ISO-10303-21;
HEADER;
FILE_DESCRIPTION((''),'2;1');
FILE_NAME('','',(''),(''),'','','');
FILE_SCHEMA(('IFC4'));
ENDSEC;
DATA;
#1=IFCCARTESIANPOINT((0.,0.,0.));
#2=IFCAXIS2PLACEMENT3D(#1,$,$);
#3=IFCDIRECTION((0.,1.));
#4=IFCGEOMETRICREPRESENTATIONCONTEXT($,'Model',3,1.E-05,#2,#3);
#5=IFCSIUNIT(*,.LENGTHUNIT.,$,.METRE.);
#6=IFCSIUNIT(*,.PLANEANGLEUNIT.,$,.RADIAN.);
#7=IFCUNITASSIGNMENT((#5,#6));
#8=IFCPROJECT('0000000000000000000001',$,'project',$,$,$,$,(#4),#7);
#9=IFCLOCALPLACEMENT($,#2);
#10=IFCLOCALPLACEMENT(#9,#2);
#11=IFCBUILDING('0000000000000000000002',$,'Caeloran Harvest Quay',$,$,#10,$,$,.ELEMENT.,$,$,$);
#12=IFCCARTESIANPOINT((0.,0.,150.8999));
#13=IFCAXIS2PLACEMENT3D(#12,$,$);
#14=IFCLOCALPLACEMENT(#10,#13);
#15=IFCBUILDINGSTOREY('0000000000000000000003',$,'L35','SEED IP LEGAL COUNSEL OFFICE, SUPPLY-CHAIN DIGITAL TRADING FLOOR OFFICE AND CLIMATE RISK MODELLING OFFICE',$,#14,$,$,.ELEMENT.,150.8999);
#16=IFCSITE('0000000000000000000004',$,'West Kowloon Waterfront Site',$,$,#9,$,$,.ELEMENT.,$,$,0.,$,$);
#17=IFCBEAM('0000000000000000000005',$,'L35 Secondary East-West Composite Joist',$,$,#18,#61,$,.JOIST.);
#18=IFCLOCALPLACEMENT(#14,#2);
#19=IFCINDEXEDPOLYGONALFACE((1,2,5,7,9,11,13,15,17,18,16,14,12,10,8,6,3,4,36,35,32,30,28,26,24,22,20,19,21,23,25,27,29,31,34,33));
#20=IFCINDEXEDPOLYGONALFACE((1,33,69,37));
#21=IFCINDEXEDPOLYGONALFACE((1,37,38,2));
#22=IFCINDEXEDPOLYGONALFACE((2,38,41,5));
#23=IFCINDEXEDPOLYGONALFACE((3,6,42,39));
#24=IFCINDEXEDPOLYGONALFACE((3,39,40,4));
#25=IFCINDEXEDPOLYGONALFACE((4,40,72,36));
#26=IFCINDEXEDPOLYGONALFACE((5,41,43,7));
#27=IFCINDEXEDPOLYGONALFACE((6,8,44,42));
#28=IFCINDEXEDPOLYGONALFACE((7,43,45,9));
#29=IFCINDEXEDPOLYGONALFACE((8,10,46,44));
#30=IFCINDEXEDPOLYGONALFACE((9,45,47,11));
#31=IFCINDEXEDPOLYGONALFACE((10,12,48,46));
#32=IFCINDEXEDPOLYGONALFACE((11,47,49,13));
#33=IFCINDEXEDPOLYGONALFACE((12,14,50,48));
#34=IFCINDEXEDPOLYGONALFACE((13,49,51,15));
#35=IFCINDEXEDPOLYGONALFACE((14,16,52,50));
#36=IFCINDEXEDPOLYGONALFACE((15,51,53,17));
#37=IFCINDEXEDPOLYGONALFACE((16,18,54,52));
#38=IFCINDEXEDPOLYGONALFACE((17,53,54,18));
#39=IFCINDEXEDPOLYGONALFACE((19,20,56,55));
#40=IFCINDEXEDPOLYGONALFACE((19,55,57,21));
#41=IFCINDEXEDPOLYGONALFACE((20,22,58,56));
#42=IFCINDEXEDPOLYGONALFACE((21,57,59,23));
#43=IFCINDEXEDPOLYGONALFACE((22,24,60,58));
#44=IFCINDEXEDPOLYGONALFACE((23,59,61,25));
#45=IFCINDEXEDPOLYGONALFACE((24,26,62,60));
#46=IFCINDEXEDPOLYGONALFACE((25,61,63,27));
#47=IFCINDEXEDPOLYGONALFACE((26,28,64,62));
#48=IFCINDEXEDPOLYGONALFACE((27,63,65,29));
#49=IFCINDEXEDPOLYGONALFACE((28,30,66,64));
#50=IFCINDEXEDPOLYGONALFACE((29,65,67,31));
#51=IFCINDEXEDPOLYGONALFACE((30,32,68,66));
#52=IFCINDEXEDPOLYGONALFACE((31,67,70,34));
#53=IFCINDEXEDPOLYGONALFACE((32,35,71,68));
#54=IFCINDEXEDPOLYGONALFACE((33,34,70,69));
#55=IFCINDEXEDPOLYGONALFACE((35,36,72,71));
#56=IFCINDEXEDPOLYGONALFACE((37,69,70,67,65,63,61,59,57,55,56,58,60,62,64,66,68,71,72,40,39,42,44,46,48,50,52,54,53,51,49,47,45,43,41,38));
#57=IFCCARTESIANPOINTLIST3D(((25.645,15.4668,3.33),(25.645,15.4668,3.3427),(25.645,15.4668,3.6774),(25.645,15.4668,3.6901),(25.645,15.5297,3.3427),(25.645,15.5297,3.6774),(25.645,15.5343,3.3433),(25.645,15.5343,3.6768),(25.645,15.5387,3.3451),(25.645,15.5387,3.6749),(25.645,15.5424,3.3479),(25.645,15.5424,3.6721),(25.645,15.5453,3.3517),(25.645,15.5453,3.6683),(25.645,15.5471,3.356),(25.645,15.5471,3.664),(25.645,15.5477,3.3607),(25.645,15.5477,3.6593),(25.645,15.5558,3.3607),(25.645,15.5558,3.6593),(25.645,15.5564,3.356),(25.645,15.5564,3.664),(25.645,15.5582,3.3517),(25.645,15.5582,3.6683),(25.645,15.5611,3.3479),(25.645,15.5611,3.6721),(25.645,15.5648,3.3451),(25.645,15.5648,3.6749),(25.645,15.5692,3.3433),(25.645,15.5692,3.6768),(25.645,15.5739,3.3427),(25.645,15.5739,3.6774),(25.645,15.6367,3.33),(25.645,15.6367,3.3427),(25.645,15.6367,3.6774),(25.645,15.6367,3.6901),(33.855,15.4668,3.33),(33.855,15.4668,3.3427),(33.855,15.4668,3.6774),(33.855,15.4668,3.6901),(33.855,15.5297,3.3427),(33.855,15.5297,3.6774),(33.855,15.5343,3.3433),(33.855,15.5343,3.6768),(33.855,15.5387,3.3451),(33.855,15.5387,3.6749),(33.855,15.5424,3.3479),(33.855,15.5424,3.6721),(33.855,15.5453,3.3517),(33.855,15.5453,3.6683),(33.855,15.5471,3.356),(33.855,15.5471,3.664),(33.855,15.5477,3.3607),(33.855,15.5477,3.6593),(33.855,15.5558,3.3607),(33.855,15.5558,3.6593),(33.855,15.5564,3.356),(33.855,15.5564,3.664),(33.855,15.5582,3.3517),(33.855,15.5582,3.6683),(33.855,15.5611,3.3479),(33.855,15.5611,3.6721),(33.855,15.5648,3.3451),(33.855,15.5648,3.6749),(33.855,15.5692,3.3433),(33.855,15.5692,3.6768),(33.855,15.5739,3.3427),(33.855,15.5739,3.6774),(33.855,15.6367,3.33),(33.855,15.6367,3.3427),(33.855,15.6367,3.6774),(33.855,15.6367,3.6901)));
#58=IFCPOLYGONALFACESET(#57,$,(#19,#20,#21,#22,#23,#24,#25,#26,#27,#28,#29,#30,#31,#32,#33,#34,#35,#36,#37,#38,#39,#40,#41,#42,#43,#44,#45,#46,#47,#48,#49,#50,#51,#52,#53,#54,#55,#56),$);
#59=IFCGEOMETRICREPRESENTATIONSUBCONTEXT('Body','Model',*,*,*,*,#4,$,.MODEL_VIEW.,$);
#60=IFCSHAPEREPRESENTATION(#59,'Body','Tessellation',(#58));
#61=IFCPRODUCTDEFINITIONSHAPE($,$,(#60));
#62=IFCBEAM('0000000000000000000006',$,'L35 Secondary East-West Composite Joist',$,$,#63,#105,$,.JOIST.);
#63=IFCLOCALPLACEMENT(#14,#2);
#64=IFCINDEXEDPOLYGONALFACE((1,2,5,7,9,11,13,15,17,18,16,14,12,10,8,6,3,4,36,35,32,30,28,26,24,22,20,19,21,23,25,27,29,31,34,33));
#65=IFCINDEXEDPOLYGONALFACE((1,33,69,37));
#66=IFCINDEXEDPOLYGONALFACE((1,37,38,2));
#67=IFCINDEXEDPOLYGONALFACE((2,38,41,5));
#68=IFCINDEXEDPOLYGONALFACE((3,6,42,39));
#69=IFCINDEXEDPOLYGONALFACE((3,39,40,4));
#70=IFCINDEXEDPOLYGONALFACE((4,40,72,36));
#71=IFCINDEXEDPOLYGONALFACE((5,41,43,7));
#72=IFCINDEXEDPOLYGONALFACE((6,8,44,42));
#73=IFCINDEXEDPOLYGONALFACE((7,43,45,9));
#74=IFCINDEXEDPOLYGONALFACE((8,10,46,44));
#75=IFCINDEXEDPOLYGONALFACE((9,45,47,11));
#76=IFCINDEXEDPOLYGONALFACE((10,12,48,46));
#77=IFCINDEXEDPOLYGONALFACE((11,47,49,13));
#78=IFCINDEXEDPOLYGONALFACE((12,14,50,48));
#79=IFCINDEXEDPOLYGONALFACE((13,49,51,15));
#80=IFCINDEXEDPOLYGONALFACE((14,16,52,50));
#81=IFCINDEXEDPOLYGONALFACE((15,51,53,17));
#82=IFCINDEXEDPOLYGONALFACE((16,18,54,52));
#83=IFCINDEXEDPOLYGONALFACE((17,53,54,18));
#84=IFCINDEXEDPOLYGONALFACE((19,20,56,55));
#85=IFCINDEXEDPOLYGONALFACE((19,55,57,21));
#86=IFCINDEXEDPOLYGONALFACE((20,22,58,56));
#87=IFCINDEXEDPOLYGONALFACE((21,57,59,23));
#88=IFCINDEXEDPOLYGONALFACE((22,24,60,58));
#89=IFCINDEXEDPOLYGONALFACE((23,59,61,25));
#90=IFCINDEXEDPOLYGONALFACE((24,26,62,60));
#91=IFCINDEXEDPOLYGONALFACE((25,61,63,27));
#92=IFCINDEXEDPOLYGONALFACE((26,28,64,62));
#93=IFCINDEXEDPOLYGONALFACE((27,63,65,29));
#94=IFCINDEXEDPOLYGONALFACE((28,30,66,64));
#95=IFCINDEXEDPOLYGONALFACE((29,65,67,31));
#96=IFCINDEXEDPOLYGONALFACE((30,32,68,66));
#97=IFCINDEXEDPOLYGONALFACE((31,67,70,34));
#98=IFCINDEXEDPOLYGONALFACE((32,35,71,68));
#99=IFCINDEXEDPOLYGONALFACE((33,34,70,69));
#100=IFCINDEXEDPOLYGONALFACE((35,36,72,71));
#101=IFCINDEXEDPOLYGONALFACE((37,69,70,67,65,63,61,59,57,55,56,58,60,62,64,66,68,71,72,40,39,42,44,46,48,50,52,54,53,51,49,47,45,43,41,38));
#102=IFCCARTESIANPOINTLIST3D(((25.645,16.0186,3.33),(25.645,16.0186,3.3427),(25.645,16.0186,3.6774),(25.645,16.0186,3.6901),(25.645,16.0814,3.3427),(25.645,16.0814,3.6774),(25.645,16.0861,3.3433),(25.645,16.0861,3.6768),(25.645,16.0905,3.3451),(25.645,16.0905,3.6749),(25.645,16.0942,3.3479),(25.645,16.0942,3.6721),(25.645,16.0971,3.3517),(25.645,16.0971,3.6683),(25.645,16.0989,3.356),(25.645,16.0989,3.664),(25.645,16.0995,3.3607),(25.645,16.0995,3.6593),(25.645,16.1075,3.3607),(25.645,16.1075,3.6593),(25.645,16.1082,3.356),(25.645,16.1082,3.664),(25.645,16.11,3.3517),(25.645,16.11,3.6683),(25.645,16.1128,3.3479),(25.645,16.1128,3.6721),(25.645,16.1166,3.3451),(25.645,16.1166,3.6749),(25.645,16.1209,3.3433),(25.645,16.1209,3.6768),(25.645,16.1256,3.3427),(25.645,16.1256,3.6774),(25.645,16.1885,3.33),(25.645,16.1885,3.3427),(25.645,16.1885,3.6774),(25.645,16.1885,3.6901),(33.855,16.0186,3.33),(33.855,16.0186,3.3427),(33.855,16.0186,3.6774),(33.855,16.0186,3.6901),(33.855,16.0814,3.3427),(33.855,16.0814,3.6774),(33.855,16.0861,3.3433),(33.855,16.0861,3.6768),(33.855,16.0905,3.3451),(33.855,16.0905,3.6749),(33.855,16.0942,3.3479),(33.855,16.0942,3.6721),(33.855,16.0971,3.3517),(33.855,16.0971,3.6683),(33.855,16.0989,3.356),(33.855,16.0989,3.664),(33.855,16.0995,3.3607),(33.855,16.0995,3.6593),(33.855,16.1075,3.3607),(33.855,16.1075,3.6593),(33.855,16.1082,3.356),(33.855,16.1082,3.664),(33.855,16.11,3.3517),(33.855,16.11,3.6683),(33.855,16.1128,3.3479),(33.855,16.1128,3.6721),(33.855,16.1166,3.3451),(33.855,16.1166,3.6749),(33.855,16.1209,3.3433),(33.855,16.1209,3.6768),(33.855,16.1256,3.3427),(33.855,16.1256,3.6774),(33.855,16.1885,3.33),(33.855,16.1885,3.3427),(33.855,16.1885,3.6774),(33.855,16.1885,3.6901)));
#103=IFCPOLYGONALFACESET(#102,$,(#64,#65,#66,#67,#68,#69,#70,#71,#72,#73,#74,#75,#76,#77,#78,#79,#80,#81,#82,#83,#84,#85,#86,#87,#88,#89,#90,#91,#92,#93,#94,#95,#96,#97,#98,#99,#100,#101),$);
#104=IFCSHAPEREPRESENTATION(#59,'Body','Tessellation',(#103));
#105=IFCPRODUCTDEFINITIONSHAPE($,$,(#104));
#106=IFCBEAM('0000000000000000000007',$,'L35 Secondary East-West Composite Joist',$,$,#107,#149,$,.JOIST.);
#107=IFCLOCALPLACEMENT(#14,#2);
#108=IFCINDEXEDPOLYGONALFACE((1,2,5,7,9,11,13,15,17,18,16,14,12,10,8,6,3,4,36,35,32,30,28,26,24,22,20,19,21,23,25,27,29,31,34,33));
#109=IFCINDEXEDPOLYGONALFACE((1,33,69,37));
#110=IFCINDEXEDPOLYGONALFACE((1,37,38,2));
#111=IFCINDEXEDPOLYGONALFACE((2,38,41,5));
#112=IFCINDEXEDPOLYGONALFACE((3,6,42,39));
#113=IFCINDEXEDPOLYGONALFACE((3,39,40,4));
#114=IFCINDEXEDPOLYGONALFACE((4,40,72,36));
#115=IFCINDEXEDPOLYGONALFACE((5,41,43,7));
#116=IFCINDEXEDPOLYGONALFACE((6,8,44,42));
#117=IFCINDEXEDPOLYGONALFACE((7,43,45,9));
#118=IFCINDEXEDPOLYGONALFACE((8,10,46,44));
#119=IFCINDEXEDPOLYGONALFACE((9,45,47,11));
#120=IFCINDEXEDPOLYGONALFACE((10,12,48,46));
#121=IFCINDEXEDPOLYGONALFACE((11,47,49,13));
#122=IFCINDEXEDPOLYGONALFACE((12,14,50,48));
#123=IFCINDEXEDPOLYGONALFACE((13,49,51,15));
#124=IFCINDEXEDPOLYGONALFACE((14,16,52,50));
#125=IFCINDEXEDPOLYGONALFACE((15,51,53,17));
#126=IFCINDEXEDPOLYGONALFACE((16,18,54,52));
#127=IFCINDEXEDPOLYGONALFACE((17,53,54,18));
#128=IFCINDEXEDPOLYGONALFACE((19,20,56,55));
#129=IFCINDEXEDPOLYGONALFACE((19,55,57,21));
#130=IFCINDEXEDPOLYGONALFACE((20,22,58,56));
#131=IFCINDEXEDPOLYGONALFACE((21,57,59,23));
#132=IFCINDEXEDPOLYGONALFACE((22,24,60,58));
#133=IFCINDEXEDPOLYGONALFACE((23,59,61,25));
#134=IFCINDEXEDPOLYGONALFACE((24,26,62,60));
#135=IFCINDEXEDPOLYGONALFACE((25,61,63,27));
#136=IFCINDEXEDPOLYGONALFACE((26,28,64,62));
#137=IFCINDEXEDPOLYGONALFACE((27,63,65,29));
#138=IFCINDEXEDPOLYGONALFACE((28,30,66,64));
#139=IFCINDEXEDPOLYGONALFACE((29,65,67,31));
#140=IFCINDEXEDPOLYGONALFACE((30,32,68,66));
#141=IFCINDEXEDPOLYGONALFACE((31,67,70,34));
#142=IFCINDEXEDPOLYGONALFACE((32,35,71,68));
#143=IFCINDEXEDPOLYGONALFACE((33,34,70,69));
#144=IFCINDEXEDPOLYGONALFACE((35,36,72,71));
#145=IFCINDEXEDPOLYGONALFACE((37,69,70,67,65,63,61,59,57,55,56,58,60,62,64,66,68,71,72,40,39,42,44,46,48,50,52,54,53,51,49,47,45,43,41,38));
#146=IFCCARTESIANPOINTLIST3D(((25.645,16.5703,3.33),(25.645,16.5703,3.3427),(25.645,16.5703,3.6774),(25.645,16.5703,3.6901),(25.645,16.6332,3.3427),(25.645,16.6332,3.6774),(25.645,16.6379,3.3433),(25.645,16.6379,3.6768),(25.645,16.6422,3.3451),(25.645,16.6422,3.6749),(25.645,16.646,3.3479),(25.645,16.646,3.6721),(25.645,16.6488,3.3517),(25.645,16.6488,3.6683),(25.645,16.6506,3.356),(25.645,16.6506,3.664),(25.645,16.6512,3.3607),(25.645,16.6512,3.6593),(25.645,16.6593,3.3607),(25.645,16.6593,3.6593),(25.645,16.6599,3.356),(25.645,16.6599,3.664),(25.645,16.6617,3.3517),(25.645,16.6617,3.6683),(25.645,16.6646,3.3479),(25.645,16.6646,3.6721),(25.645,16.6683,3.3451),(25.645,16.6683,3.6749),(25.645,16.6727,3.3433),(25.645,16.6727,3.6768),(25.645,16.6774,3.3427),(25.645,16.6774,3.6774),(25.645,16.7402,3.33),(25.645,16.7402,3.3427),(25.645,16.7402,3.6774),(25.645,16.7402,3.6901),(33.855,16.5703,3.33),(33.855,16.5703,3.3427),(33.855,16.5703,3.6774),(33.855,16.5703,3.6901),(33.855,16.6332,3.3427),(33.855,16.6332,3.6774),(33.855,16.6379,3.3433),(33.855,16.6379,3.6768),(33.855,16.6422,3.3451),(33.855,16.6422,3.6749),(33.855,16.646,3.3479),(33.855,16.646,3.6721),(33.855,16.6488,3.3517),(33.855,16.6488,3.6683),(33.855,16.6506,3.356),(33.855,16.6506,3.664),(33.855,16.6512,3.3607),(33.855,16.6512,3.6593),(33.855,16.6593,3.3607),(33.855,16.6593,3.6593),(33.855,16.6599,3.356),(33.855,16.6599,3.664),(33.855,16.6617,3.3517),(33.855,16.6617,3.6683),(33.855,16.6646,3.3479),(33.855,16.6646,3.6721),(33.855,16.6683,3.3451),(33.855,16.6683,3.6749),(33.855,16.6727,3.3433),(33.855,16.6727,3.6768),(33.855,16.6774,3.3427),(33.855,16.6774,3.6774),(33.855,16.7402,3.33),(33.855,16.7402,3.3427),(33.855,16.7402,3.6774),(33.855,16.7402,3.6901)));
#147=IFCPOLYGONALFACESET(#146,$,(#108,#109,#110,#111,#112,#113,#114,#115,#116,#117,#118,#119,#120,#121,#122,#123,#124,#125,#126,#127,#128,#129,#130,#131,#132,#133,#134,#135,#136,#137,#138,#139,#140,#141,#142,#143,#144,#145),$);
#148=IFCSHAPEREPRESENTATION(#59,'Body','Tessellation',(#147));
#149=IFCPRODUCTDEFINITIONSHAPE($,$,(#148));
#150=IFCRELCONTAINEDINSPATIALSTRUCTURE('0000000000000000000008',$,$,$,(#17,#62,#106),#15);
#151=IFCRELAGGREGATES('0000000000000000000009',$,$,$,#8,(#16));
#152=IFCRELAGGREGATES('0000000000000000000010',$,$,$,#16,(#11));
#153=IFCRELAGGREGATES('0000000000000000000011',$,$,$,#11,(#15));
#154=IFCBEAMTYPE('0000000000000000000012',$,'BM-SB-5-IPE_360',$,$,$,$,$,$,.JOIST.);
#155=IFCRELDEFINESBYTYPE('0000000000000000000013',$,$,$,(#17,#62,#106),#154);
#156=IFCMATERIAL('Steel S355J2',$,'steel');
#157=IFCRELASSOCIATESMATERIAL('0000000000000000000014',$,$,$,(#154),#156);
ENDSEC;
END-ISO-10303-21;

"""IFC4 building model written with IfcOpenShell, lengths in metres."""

from ifc_helpers import new_model, si_unit, direction, frame, origin, origin_2d, place, context, subcontext, project, spatial, i_section, extrude, material, material_profile, profile_set, type_object, element, save


model = new_model("IFC4")

# Units and contexts
model_context = context("Model", 3, precision=1e-05, world=origin(), true_north=direction((0.0, 1.0)))
body_context = subcontext(model_context, "Body", "Model", "MODEL_VIEW")
ifc_project = project(units=[si_unit("LENGTHUNIT", "METRE"), si_unit("PLANEANGLEUNIT", "RADIAN")], contexts=[model_context])

# Site, building, storey
site_placement = place(None, origin())
site = spatial("IfcSite", under=ifc_project, at=site_placement, Name="West Kowloon Waterfront Site", CompositionType="ELEMENT", RefElevation=0.0)
building_placement = place(site_placement, origin())
building = spatial("IfcBuilding", under=site, at=building_placement, Name="Caeloran Harvest Quay", CompositionType="ELEMENT")
storey_placement = place(building_placement, frame((0.0, 0.0, 150.8999)))
storey = spatial("IfcBuildingStorey", under=building, at=storey_placement, Name="L35", Description="SEED IP LEGAL COUNSEL OFFICE, SUPPLY-CHAIN DIGITAL TRADING FLOOR OFFICE AND CLIMATE RISK MODELLING OFFICE", CompositionType="ELEMENT", Elevation=150.8999)

# Beams
ifc_material_1 = material(Name="Steel S355J2", Category="steel")
ifc_material_profile_1 = material_profile(ifc_material_1, i_section(OverallWidth=0.1699, OverallDepth=0.3601, WebThickness=0.0081, FlangeThickness=0.0127, FilletRadius=0.0181, at=origin_2d()), Name="IPE 360")
ifc_profile_set_1 = profile_set([ifc_material_profile_1], Name="Steel S355J2")
beam_type_1 = type_object("IfcBeamType", Name="BM-SB-5-IPE_360", PredefinedType="JOIST", material=ifc_profile_set_1)
for number, where, z_axis, x_axis, name in (
    (1, (25.645, 15.5518, 3.51), (1.0, 0.0, 0.0), (0.0, 1.0, 0.0), "L35 Secondary East-West Composite Joist"),
    (2, (25.645, 16.1035, 3.51), (1.0, 0.0, 0.0), (0.0, 1.0, 0.0), "L35 Secondary East-West Composite Joist"),
    (3, (25.645, 16.6553, 3.51), (1.0, 0.0, 0.0), (0.0, 1.0, 0.0), "L35 Secondary East-West Composite Joist"),
):
    element("IfcBeam", number, at=place(storey_placement, frame(where, z_axis=z_axis, x_axis=x_axis)), inside=storey, type_object=beam_type_1, Name=name, PredefinedType="JOIST", context=body_context, shape_type="SweptSolid", body=[
        extrude(i_section(OverallWidth=0.1699, OverallDepth=0.3601, WebThickness=0.0081, FlangeThickness=0.0127, FilletRadius=0.0181, at=origin_2d()), origin(), (0.0, 0.0, 1.0), 8.21),
    ])

save(model, "model.ifc")
